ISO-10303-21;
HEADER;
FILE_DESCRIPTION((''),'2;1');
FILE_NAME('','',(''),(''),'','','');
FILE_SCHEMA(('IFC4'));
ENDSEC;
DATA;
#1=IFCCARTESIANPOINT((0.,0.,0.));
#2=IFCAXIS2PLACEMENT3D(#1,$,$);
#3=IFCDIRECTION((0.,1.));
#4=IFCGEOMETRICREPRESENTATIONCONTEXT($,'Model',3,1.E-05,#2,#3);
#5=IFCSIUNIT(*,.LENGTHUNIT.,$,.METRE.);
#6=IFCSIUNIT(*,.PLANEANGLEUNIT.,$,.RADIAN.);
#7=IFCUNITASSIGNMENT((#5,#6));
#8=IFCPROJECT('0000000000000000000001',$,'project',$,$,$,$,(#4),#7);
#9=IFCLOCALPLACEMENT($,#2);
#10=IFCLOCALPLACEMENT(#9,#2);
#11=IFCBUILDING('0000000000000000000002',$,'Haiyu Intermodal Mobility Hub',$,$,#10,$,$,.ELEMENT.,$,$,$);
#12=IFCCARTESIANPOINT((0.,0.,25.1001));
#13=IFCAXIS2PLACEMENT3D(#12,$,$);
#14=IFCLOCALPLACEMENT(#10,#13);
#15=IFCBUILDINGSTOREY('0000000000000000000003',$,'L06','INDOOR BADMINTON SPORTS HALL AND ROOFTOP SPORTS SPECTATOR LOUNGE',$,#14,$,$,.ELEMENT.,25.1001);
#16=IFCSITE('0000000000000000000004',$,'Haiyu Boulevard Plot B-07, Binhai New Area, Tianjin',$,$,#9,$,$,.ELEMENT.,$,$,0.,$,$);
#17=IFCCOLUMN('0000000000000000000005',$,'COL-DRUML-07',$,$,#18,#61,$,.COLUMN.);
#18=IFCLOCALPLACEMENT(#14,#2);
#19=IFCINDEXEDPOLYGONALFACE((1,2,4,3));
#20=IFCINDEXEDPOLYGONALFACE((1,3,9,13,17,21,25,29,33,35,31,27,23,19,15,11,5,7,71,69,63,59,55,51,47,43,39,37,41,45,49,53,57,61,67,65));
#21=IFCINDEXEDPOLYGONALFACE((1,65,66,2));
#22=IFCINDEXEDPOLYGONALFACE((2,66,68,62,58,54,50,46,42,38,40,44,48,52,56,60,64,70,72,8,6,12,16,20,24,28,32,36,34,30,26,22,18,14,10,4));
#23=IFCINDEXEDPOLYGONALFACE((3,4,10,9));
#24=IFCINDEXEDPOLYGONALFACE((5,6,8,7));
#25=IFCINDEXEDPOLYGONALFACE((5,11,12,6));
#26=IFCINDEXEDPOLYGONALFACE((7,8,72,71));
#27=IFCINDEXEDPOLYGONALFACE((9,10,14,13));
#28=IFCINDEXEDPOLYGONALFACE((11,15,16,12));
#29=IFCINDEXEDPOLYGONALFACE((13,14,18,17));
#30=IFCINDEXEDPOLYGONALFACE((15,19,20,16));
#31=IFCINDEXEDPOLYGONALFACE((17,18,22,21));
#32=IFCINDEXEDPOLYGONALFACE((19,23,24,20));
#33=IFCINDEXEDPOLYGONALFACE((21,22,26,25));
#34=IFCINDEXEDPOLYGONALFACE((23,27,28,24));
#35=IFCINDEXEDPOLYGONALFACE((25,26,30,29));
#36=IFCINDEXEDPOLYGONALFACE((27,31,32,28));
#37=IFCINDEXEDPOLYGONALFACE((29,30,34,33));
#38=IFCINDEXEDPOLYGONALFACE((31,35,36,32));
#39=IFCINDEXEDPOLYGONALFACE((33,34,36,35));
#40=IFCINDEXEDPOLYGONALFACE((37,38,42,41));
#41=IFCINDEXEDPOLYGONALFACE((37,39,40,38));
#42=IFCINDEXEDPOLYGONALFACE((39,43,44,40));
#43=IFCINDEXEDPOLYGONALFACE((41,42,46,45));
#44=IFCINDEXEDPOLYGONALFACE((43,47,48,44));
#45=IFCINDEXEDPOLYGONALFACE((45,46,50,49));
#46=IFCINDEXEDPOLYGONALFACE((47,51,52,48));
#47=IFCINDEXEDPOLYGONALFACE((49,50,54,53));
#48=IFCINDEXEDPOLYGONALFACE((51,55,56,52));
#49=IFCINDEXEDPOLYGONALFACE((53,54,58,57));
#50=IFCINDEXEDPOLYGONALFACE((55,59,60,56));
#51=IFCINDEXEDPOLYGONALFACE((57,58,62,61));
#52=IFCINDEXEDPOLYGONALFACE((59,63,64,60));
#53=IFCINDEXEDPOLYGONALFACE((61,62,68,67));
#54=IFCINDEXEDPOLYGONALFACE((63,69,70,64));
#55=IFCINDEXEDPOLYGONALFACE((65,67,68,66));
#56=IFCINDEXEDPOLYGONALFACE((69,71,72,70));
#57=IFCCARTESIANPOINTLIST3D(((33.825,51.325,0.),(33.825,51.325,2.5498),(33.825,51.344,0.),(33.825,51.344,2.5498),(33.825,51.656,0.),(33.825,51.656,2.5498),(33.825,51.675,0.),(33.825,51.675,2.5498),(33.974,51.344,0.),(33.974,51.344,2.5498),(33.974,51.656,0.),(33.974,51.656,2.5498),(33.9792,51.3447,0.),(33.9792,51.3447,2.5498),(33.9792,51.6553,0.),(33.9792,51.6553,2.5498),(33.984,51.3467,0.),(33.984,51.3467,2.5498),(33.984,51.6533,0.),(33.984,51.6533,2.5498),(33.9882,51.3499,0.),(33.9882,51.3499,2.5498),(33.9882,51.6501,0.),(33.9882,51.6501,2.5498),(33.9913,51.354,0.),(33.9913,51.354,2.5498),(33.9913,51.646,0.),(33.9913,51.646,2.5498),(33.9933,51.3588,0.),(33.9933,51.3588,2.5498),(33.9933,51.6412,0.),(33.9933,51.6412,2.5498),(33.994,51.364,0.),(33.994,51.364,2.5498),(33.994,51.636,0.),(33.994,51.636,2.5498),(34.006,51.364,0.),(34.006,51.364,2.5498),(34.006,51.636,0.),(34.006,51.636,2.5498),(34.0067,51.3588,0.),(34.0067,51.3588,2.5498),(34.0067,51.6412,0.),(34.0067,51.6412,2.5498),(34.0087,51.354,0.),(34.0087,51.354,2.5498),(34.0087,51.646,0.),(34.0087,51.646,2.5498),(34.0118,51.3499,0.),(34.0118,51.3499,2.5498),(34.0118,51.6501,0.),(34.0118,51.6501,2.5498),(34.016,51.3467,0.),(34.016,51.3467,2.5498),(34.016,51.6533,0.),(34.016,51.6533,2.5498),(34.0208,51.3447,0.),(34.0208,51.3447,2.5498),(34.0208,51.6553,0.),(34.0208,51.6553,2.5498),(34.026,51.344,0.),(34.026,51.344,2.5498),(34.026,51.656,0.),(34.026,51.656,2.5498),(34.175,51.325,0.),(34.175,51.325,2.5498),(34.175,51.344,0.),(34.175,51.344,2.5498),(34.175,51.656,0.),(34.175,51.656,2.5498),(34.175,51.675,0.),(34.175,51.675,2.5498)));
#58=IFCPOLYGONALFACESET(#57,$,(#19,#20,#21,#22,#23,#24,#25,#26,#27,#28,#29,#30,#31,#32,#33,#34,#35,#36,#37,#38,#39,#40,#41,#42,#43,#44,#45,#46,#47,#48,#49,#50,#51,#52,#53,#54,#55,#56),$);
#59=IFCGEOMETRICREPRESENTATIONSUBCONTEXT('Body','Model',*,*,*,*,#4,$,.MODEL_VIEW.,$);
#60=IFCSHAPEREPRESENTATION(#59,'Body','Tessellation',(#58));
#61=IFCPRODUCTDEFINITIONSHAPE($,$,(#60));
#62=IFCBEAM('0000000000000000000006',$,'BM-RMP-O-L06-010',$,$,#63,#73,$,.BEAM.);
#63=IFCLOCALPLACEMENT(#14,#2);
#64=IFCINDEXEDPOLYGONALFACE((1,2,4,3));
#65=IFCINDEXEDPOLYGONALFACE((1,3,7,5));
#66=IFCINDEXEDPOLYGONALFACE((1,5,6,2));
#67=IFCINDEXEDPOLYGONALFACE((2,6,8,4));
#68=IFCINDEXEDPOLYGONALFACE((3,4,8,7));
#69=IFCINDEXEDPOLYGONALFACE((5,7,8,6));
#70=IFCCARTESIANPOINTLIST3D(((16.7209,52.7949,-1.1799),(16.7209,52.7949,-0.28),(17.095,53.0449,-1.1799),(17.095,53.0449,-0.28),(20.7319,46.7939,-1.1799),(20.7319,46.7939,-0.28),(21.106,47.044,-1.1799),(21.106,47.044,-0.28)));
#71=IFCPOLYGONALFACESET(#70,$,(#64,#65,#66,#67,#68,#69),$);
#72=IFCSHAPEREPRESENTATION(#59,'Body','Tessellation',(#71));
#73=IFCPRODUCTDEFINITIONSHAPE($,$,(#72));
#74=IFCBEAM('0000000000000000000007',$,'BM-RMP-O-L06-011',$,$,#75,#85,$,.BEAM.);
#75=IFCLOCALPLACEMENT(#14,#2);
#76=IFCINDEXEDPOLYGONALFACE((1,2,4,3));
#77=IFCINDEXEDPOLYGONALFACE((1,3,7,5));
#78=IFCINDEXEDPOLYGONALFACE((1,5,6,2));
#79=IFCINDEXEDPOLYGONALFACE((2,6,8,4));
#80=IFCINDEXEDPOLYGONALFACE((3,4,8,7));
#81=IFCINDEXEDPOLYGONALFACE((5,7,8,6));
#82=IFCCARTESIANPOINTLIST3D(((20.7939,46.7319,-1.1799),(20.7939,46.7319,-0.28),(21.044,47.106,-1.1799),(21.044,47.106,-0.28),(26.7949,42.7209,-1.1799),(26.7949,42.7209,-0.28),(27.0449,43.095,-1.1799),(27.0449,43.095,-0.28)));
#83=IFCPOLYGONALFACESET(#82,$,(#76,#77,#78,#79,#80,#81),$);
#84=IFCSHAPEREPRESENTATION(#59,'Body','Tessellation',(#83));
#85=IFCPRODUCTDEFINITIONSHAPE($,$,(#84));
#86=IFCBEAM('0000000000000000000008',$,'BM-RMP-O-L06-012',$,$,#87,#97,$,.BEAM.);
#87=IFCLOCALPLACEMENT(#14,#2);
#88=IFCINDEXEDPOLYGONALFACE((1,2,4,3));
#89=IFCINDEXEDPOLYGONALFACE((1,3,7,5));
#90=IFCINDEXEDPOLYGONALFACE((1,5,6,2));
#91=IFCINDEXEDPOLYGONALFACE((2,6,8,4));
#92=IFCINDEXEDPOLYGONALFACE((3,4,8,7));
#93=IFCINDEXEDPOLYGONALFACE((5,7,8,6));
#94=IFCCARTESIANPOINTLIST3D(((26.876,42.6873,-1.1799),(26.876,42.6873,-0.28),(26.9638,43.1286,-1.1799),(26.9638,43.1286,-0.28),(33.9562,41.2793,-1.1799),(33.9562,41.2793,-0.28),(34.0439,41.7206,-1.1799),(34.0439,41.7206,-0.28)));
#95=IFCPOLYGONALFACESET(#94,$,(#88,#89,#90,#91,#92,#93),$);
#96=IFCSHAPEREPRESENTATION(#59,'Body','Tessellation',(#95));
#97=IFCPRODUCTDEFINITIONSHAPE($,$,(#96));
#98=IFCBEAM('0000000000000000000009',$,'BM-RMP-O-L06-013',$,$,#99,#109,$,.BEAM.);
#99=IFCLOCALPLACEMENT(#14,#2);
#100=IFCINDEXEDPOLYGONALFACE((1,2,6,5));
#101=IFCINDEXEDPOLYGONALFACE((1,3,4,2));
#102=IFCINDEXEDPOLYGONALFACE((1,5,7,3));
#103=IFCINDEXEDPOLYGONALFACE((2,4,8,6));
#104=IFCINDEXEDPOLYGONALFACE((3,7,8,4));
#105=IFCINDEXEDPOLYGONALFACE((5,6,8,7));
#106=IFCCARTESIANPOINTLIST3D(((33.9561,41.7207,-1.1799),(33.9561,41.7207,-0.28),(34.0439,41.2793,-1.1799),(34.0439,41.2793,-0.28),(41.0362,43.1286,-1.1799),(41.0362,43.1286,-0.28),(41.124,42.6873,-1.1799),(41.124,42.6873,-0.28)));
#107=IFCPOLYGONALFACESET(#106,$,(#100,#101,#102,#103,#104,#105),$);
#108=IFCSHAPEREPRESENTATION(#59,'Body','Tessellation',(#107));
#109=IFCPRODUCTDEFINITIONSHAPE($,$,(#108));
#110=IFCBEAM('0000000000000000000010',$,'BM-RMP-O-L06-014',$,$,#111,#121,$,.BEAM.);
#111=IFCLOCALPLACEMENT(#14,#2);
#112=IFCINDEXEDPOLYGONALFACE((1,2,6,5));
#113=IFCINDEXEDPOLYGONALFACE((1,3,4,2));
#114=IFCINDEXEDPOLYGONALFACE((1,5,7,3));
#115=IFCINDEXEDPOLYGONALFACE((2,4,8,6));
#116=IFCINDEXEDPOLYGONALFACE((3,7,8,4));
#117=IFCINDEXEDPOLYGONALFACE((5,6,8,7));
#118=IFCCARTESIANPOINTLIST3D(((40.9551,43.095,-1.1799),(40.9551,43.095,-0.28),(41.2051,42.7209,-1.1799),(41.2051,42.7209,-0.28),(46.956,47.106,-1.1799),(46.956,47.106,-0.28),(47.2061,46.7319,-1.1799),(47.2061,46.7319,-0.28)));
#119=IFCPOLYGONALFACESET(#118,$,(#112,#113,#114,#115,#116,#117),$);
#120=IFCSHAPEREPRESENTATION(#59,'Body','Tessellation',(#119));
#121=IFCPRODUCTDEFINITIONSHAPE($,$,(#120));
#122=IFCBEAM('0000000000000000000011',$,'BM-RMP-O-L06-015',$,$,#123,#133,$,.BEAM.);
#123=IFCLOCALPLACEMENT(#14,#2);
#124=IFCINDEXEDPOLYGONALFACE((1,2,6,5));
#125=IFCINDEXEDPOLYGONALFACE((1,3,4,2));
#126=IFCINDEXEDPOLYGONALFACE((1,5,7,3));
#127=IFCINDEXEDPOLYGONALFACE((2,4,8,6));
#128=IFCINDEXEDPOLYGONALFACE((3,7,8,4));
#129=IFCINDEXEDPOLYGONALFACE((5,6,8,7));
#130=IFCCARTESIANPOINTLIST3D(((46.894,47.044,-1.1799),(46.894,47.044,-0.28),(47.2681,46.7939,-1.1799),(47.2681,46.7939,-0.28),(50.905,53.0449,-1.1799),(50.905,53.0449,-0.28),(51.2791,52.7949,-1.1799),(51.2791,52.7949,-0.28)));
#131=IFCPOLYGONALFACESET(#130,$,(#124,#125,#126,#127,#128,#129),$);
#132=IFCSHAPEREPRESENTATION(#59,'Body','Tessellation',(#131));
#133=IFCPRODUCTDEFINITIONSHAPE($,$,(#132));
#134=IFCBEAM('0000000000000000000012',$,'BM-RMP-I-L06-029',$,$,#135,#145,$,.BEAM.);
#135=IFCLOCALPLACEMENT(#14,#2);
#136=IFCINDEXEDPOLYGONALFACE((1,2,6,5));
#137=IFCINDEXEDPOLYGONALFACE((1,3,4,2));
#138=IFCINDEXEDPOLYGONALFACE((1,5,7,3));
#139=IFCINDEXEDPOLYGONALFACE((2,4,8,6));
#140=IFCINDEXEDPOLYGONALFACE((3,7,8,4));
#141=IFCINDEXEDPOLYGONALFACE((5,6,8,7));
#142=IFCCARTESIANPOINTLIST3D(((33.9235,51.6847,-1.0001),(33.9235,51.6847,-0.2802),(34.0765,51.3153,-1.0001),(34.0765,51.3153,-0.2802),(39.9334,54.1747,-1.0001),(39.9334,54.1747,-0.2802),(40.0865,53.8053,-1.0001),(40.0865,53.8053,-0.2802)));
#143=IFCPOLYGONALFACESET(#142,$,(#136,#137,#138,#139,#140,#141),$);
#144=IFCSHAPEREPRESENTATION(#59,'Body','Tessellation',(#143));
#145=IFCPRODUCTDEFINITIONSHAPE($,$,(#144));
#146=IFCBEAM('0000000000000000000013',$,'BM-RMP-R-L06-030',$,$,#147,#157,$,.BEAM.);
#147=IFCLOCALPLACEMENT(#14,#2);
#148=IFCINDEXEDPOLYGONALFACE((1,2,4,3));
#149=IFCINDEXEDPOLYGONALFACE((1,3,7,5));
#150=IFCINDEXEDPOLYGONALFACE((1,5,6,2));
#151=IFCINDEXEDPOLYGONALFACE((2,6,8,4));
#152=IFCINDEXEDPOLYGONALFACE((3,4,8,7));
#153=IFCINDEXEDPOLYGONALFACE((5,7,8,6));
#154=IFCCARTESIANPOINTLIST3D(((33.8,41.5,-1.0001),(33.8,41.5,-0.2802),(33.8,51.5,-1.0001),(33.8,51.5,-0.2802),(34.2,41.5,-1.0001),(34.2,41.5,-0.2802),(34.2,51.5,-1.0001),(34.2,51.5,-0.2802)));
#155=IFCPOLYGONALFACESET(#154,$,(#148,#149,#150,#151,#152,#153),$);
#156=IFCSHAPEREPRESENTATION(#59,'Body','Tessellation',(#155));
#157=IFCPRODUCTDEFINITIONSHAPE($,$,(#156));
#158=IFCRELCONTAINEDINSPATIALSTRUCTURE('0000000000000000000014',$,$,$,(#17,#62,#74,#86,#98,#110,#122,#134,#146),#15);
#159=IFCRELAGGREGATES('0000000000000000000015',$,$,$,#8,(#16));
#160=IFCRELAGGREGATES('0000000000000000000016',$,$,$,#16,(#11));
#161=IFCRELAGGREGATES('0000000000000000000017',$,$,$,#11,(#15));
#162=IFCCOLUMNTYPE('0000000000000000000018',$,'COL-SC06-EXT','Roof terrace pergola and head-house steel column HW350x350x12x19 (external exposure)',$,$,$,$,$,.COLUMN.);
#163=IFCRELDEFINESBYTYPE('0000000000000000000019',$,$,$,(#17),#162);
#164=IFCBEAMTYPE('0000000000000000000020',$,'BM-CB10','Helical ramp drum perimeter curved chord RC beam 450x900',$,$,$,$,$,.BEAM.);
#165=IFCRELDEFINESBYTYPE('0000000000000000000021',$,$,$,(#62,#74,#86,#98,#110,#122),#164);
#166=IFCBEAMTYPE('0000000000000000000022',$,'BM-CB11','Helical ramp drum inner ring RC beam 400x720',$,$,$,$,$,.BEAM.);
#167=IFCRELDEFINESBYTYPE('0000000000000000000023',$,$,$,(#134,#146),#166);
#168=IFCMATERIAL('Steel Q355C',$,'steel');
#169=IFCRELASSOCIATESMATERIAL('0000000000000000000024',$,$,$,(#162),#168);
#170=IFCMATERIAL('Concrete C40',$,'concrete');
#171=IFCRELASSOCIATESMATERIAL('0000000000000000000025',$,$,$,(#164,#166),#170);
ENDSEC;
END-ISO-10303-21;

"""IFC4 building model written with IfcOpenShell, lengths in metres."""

from ifc_helpers import new_model, si_unit, direction, frame, origin, origin_2d, place, context, subcontext, project, spatial, rectangle, i_section, extrude, material, material_profile, profile_set, type_object, element, save


model = new_model("IFC4")

# Units and contexts
model_context = context("Model", 3, precision=1e-05, world=origin(), true_north=direction((0.0, 1.0)))
body_context = subcontext(model_context, "Body", "Model", "MODEL_VIEW")
ifc_project = project(units=[si_unit("LENGTHUNIT", "METRE"), si_unit("PLANEANGLEUNIT", "RADIAN")], contexts=[model_context])

# Site, building, storey
site_placement = place(None, origin())
site = spatial("IfcSite", under=ifc_project, at=site_placement, Name="Haiyu Boulevard Plot B-07, Binhai New Area, Tianjin", CompositionType="ELEMENT", RefElevation=0.0)
building_placement = place(site_placement, origin())
building = spatial("IfcBuilding", under=site, at=building_placement, Name="Haiyu Intermodal Mobility Hub", CompositionType="ELEMENT")
storey_placement = place(building_placement, frame((0.0, 0.0, 25.1001)))
storey = spatial("IfcBuildingStorey", under=building, at=storey_placement, Name="L06", Description="INDOOR BADMINTON SPORTS HALL AND ROOFTOP SPORTS SPECTATOR LOUNGE", CompositionType="ELEMENT", Elevation=25.1001)

# Column
ifc_material_1 = material(Name="Steel Q355C", Category="steel")
ifc_material_profile_1 = material_profile(ifc_material_1, i_section(OverallWidth=0.3501, OverallDepth=0.3501, WebThickness=0.012, FlangeThickness=0.019, FilletRadius=0.02, at=origin_2d()), Name="HW350x350x12x19")
ifc_profile_set_1 = profile_set([ifc_material_profile_1], Name="Steel Q355C")
column_type = type_object("IfcColumnType", Name="COL-SC06-EXT", Description="Roof terrace pergola and head-house steel column HW350x350x12x19 (external exposure)", PredefinedType="COLUMN", material=ifc_profile_set_1)
column_placement = place(storey_placement, frame((34.0, 51.5, 0.0), z_axis=(0.0, 0.0, 1.0), x_axis=(1.0, 0.0, 0.0)))
element("IfcColumn", 1, at=column_placement, inside=storey, type_object=column_type, Name="COL-DRUML-07", PredefinedType="COLUMN", context=body_context, shape_type="SweptSolid", body=[
    extrude(i_section(OverallWidth=0.3501, OverallDepth=0.3501, WebThickness=0.012, FlangeThickness=0.019, FilletRadius=0.02, at=origin_2d()), origin(), (0.0, 0.0, 1.0), 2.5498),
])

# Beams
ifc_material_2 = material(Name="Concrete C40", Category="concrete")
ifc_material_profile_2 = material_profile(ifc_material_2, rectangle(XDim=0.45, YDim=0.8999, at=origin_2d()), Name="RCB450x900")
ifc_profile_set_2 = profile_set([ifc_material_profile_2], Name="Concrete C40")
beam_type_1 = type_object("IfcBeamType", Name="BM-CB10", Description="Helical ramp drum perimeter curved chord RC beam 450x900", PredefinedType="BEAM", material=ifc_profile_set_2)
for number, where, z_axis, x_axis, name in (
    (2, (16.908, 52.9199, -0.73), (0.555691, -0.831389, 0.0), (0.831389, 0.555691, 0.0), "BM-RMP-O-L06-010"),
    (3, (20.9189, 46.9189, -0.73), (0.831389, -0.555691, 0.0), (0.555691, 0.831389, 0.0), "BM-RMP-O-L06-011"),
):
    element("IfcBeam", number, at=place(storey_placement, frame(where, z_axis=z_axis, x_axis=x_axis)), inside=storey, type_object=beam_type_1, Name=name, PredefinedType="BEAM", context=body_context, shape_type="SweptSolid", body=[
        extrude(rectangle(XDim=0.45, YDim=0.8999, at=origin_2d()), origin(), (0.0, 0.0, 1.0), 7.218),
    ])
for number, where, z_axis, x_axis, name in (
    (4, (26.9199, 42.908, -0.73), (0.980795, -0.195043, 0.0), (0.195043, 0.980795, 0.0), "BM-RMP-O-L06-012"),
    (5, (34.0, 41.5, -0.73), (0.980795, 0.195043, 0.0), (-0.195043, 0.980795, 0.0), "BM-RMP-O-L06-013"),
):
    element("IfcBeam", number, at=place(storey_placement, frame(where, z_axis=z_axis, x_axis=x_axis)), inside=storey, type_object=beam_type_1, Name=name, PredefinedType="BEAM", context=body_context, shape_type="SweptSolid", body=[
        extrude(rectangle(XDim=0.45, YDim=0.8999, at=origin_2d()), origin(), (0.0, 0.0, 1.0), 7.2188),
    ])
for number, where, z_axis, x_axis, name in (
    (6, (41.0801, 42.908, -0.73), (0.831389, 0.555691, 0.0), (-0.555691, 0.831389, 0.0), "BM-RMP-O-L06-014"),
    (7, (47.0811, 46.9189, -0.73), (0.555691, 0.831389, 0.0), (-0.831389, 0.555691, 0.0), "BM-RMP-O-L06-015"),
):
    element("IfcBeam", number, at=place(storey_placement, frame(where, z_axis=z_axis, x_axis=x_axis)), inside=storey, type_object=beam_type_1, Name=name, PredefinedType="BEAM", context=body_context, shape_type="SweptSolid", body=[
        extrude(rectangle(XDim=0.45, YDim=0.8999, at=origin_2d()), origin(), (0.0, 0.0, 1.0), 7.218),
    ])
ifc_material_profile_3 = material_profile(ifc_material_2, rectangle(XDim=0.3999, YDim=0.72, at=origin_2d()), Name="RCB400x720")
ifc_profile_set_3 = profile_set([ifc_material_profile_3], Name="Concrete C40")
beam_type_2 = type_object("IfcBeamType", Name="BM-CB11", Description="Helical ramp drum inner ring RC beam 400x720", PredefinedType="BEAM", material=ifc_profile_set_3)
beam_1_placement = place(storey_placement, frame((34.0, 51.5, -0.6401), z_axis=(0.923849, 0.382757, 0.0), x_axis=(-0.382757, 0.923849, 0.0)))
element("IfcBeam", 8, at=beam_1_placement, inside=storey, type_object=beam_type_2, Name="BM-RMP-I-L06-029", PredefinedType="BEAM", context=body_context, shape_type="SweptSolid", body=[
    extrude(rectangle(XDim=0.3999, YDim=0.72, at=origin_2d()), origin(), (0.0, 0.0, 1.0), 6.5054),
])
beam_2_placement = place(storey_placement, frame((34.0, 51.5, -0.6401), z_axis=(0.0, -1.0, 0.0), x_axis=(1.0, 0.0, 0.0)))
element("IfcBeam", 9, at=beam_2_placement, inside=storey, type_object=beam_type_2, Name="BM-RMP-R-L06-030", PredefinedType="BEAM", context=body_context, shape_type="SweptSolid", body=[
    extrude(rectangle(XDim=0.3999, YDim=0.72, at=origin_2d()), origin(), (0.0, 0.0, 1.0), 10.0),
])

save(model, "model.ifc")
